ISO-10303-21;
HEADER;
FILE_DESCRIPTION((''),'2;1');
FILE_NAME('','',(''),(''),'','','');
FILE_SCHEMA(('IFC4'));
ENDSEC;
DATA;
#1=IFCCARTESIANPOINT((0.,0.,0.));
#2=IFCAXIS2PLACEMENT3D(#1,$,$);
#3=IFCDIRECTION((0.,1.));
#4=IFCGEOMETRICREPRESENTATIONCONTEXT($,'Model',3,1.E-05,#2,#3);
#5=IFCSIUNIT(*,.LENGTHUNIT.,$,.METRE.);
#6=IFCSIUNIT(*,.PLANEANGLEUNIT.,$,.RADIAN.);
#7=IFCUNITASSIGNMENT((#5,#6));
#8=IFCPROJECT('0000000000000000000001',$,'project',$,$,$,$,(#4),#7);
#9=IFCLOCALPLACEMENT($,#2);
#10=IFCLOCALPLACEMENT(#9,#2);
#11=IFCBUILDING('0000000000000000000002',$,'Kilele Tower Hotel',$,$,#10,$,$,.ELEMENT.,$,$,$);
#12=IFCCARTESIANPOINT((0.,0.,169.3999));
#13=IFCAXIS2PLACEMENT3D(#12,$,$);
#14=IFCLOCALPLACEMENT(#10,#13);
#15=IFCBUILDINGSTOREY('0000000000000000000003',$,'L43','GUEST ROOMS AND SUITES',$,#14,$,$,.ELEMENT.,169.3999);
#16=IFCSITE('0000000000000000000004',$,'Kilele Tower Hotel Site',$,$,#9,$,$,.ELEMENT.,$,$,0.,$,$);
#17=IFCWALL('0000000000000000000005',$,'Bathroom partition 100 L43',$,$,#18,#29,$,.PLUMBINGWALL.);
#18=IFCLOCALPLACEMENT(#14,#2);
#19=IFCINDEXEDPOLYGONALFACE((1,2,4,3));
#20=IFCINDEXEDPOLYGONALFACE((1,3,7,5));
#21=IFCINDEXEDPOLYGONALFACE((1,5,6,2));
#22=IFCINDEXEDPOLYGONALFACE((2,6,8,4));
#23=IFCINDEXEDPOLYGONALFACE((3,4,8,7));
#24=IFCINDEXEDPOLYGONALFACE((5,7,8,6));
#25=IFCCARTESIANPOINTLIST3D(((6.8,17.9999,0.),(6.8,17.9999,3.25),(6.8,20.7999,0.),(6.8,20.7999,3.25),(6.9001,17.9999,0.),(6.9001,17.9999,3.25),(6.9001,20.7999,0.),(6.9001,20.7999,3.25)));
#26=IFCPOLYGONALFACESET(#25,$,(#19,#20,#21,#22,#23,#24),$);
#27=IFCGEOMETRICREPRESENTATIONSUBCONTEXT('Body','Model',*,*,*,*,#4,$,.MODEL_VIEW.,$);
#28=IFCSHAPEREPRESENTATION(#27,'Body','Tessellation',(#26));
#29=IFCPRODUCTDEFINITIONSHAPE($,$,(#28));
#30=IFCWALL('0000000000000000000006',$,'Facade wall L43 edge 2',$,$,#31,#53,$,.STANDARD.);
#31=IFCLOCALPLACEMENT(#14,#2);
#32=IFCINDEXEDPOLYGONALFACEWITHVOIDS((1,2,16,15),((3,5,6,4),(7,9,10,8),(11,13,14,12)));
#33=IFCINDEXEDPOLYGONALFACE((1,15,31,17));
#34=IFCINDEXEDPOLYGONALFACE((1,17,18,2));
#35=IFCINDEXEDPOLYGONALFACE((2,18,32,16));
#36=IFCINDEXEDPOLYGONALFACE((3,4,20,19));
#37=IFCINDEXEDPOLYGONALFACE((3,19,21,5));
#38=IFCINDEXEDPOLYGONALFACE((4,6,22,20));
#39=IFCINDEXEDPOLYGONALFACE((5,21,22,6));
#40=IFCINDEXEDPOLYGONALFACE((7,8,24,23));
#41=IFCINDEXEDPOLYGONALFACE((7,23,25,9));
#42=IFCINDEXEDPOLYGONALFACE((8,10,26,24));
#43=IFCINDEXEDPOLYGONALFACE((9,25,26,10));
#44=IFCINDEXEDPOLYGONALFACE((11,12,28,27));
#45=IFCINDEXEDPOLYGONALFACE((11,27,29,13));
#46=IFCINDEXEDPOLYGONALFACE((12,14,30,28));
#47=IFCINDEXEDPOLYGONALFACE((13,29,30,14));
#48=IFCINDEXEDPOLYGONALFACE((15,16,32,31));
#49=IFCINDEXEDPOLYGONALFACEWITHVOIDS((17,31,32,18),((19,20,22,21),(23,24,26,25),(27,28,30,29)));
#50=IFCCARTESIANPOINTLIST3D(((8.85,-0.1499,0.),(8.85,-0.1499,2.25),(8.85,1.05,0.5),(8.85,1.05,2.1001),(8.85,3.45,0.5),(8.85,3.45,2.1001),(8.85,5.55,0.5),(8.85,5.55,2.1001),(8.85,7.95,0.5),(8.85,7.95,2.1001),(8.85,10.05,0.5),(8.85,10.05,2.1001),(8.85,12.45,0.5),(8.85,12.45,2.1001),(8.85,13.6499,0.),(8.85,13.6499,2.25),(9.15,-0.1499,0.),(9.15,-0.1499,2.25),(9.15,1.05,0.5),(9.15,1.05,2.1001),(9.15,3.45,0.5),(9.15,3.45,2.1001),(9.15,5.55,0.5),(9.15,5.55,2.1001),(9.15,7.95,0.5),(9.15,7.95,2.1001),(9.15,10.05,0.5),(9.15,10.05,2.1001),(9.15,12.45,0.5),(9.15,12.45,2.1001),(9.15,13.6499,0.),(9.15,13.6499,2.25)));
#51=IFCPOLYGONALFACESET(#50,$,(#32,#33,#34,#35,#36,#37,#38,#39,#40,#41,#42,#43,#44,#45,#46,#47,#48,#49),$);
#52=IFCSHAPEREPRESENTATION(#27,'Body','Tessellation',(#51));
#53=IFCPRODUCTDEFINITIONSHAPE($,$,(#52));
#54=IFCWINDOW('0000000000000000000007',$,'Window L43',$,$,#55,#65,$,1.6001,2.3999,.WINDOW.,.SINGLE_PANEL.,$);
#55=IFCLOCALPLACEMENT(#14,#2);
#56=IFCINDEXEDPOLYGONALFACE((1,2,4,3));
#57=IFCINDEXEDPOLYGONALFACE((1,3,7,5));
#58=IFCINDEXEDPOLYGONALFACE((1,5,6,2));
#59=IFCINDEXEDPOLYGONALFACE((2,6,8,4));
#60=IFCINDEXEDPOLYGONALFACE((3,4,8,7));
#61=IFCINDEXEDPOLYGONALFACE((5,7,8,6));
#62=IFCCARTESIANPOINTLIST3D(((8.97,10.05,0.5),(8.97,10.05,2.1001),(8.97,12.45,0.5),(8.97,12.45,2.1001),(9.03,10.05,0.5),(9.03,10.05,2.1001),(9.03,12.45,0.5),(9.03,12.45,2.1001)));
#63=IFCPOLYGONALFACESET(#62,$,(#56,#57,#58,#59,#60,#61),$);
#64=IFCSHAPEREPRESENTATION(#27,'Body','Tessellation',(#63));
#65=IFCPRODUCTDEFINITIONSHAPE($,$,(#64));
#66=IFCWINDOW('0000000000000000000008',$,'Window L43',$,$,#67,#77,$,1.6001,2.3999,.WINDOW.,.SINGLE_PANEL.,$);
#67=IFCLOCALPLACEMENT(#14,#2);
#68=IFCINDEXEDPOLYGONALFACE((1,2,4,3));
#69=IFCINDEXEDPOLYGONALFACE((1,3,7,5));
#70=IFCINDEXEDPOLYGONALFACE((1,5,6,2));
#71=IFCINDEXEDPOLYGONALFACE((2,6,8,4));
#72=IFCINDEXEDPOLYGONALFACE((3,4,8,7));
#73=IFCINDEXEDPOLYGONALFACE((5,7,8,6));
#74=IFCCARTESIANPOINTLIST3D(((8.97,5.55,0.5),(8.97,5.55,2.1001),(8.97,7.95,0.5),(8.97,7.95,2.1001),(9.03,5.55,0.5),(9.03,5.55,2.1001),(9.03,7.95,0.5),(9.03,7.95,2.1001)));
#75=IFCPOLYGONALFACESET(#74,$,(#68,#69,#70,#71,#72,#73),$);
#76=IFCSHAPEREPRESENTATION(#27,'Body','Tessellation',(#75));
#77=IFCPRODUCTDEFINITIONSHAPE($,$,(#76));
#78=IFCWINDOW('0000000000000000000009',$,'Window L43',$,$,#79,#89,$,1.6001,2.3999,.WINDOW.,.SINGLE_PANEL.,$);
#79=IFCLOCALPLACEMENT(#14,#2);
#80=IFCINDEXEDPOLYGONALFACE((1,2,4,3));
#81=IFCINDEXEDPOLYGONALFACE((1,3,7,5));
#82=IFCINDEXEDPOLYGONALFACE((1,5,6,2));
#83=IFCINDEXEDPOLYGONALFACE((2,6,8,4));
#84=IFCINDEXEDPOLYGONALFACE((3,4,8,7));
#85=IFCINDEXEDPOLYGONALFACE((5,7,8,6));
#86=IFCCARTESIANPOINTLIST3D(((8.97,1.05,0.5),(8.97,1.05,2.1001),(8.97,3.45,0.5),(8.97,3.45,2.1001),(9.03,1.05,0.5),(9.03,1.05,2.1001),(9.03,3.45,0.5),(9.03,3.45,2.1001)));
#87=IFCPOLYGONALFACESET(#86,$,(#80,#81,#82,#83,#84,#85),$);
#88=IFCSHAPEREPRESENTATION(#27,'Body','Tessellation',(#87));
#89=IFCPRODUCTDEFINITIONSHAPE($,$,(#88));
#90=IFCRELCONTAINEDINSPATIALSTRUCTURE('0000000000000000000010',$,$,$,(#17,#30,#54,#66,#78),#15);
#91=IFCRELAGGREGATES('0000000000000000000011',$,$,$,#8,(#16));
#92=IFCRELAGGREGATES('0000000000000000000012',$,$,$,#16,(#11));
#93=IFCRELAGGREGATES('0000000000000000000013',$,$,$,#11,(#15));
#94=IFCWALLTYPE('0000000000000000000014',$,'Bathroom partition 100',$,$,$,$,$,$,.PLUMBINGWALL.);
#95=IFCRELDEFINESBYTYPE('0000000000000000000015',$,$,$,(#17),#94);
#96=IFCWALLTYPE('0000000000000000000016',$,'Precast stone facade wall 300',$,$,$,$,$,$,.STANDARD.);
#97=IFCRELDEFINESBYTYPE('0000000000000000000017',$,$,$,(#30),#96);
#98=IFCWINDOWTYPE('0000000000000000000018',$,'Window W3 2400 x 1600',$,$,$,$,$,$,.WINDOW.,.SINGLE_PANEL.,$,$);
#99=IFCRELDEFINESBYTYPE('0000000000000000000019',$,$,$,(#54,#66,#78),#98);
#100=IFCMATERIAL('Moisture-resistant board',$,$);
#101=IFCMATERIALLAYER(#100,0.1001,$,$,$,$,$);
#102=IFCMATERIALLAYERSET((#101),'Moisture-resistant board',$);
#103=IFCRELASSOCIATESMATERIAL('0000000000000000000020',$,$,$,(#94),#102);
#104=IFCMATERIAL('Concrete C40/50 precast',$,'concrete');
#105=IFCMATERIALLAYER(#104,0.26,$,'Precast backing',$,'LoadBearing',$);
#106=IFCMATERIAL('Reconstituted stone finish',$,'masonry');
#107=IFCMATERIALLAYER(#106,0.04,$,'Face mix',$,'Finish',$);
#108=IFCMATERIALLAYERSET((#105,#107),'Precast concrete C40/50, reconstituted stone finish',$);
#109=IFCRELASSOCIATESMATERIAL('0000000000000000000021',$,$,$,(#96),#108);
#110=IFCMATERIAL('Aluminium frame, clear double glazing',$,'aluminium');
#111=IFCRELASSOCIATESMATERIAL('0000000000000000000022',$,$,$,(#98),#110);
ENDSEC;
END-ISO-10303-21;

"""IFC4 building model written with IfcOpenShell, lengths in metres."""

from ifc_helpers import new_model, si_unit, direction, frame, frame_2d, origin, place, context, subcontext, project, spatial, rectangle, extrude, material, layer, layer_set, type_object, element, fill, save


model = new_model("IFC4")

# Units and contexts
model_context = context("Model", 3, precision=1e-05, world=origin(), true_north=direction((0.0, 1.0)))
body_context = subcontext(model_context, "Body", "Model", "MODEL_VIEW")
ifc_project = project(units=[si_unit("LENGTHUNIT", "METRE"), si_unit("PLANEANGLEUNIT", "RADIAN")], contexts=[model_context])

# Site, building, storey
site_placement = place(None, origin())
site = spatial("IfcSite", under=ifc_project, at=site_placement, Name="Kilele Tower Hotel Site", CompositionType="ELEMENT", RefElevation=0.0)
building_placement = place(site_placement, origin())
building = spatial("IfcBuilding", under=site, at=building_placement, Name="Kilele Tower Hotel", CompositionType="ELEMENT")
storey_placement = place(building_placement, frame((0.0, 0.0, 169.3999)))
storey = spatial("IfcBuildingStorey", under=building, at=storey_placement, Name="L43", Description="GUEST ROOMS AND SUITES", CompositionType="ELEMENT", Elevation=169.3999)

# Shared definitions
ifc_material_1 = material(Name="Moisture-resistant board")
ifc_layer_1 = layer(ifc_material_1, 0.1001)
ifc_layer_set_1 = layer_set([ifc_layer_1], Name="Moisture-resistant board")
wall_type_1 = type_object("IfcWallType", Name="Bathroom partition 100", PredefinedType="PLUMBINGWALL", material=ifc_layer_set_1)

# Wall
for number, where, z_axis, x_axis, name in (
    (1, (6.8501, 18.0, 0.0), (0.0, 0.0, 1.0), (0.0, 1.0, 0.0), "Bathroom partition 100 L43"),
):
    element("IfcWall", number, at=place(storey_placement, frame(where, z_axis=z_axis, x_axis=x_axis)), inside=storey, type_object=wall_type_1, Name=name, PredefinedType="PLUMBINGWALL", context=body_context, shape_type="SweptSolid", body=[
        extrude(rectangle(XDim=2.8, YDim=0.1001, at=frame_2d((1.3999, 0.0))), origin(), (0.0, 0.0, 1.0), 3.25),
    ])

# Wall, openings, windows
ifc_material_2 = material(Name="Concrete C40/50 precast", Category="concrete")
ifc_layer_2 = layer(ifc_material_2, 0.26, Name="Precast backing", Category="LoadBearing")
ifc_material_3 = material(Name="Reconstituted stone finish", Category="masonry")
ifc_layer_3 = layer(ifc_material_3, 0.04, Name="Face mix", Category="Finish")
ifc_layer_set_2 = layer_set([ifc_layer_2, ifc_layer_3], Name="Precast concrete C40/50, reconstituted stone finish")
wall_type_2 = type_object("IfcWallType", Name="Precast stone facade wall 300", PredefinedType="STANDARD", material=ifc_layer_set_2)
wall_1_placement = place(storey_placement, frame((9.0, 13.6499, 0.0), z_axis=(0.0, 0.0, 1.0), x_axis=(0.0, -1.0, 0.0)))
wall_1 = element("IfcWall", 2, at=wall_1_placement, inside=storey, type_object=wall_type_2, Name="Facade wall L43 edge 2", PredefinedType="STANDARD", context=body_context, shape_type="SweptSolid", body=[
    extrude(rectangle(XDim=13.7998, YDim=0.3, at=frame_2d((6.8999, 0.0))), origin(), (0.0, 0.0, 1.0), 2.25),
])
opening_1_placement = place(wall_1_placement, frame((1.2, 0.0, 0.5)))
opening_1 = element("IfcOpeningElement", 3, at=opening_1_placement, cuts=wall_1, PredefinedType="OPENING", context=body_context, shape_type="SweptSolid", body=[
    extrude(rectangle(XDim=2.3999, YDim=1.6001, at=frame_2d((1.2, 0.8))), frame((0.0, 0.1599, 0.0), z_axis=(0.0, -1.0, 0.0), x_axis=(1.0, 0.0, 0.0)), (0.0, 0.0, 1.0), 0.3201),
])
opening_2_placement = place(wall_1_placement, frame((5.7, 0.0, 0.5)))
opening_2 = element("IfcOpeningElement", 4, at=opening_2_placement, cuts=wall_1, PredefinedType="OPENING", context=body_context, shape_type="SweptSolid", body=[
    extrude(rectangle(XDim=2.3999, YDim=1.6001, at=frame_2d((1.2, 0.8))), frame((0.0, 0.1599, 0.0), z_axis=(0.0, -1.0, 0.0), x_axis=(1.0, 0.0, 0.0)), (0.0, 0.0, 1.0), 0.3201),
])
opening_3_placement = place(wall_1_placement, frame((10.2, 0.0, 0.5)))
opening_3 = element("IfcOpeningElement", 5, at=opening_3_placement, cuts=wall_1, PredefinedType="OPENING", context=body_context, shape_type="SweptSolid", body=[
    extrude(rectangle(XDim=2.3999, YDim=1.6001, at=frame_2d((1.2, 0.8))), frame((0.0, 0.1599, 0.0), z_axis=(0.0, -1.0, 0.0), x_axis=(1.0, 0.0, 0.0)), (0.0, 0.0, 1.0), 0.3201),
])
ifc_material_4 = material(Name="Aluminium frame, clear double glazing", Category="aluminium")
window_type = type_object("IfcWindowType", Name="Window W3 2400 x 1600", PartitioningType="SINGLE_PANEL", PredefinedType="WINDOW", material=ifc_material_4)
window_1_placement = place(opening_1_placement, origin())
window_1 = element("IfcWindow", 6, at=window_1_placement, inside=storey, type_object=window_type, Name="Window L43", OverallHeight=1.6001, OverallWidth=2.3999, PartitioningType="SINGLE_PANEL", PredefinedType="WINDOW", context=body_context, shape_type="SweptSolid", body=[
    extrude(rectangle(XDim=2.3999, YDim=1.6001, at=frame_2d((1.2, 0.8))), frame((0.0, 0.03, 0.0), z_axis=(0.0, -1.0, 0.0), x_axis=(1.0, 0.0, 0.0)), (0.0, 0.0, 1.0), 0.0601),
])
fill(opening_1, window_1)
window_2_placement = place(opening_2_placement, origin())
window_2 = element("IfcWindow", 7, at=window_2_placement, inside=storey, type_object=window_type, Name="Window L43", OverallHeight=1.6001, OverallWidth=2.3999, PartitioningType="SINGLE_PANEL", PredefinedType="WINDOW", context=body_context, shape_type="SweptSolid", body=[
    extrude(rectangle(XDim=2.3999, YDim=1.6001, at=frame_2d((1.2, 0.8))), frame((0.0, 0.03, 0.0), z_axis=(0.0, -1.0, 0.0), x_axis=(1.0, 0.0, 0.0)), (0.0, 0.0, 1.0), 0.0601),
])
fill(opening_2, window_2)
window_3_placement = place(opening_3_placement, origin())
window_3 = element("IfcWindow", 8, at=window_3_placement, inside=storey, type_object=window_type, Name="Window L43", OverallHeight=1.6001, OverallWidth=2.3999, PartitioningType="SINGLE_PANEL", PredefinedType="WINDOW", context=body_context, shape_type="SweptSolid", body=[
    extrude(rectangle(XDim=2.3999, YDim=1.6001, at=frame_2d((1.2, 0.8))), frame((0.0, 0.03, 0.0), z_axis=(0.0, -1.0, 0.0), x_axis=(1.0, 0.0, 0.0)), (0.0, 0.0, 1.0), 0.0601),
])
fill(opening_3, window_3)

save(model, "model.ifc")
